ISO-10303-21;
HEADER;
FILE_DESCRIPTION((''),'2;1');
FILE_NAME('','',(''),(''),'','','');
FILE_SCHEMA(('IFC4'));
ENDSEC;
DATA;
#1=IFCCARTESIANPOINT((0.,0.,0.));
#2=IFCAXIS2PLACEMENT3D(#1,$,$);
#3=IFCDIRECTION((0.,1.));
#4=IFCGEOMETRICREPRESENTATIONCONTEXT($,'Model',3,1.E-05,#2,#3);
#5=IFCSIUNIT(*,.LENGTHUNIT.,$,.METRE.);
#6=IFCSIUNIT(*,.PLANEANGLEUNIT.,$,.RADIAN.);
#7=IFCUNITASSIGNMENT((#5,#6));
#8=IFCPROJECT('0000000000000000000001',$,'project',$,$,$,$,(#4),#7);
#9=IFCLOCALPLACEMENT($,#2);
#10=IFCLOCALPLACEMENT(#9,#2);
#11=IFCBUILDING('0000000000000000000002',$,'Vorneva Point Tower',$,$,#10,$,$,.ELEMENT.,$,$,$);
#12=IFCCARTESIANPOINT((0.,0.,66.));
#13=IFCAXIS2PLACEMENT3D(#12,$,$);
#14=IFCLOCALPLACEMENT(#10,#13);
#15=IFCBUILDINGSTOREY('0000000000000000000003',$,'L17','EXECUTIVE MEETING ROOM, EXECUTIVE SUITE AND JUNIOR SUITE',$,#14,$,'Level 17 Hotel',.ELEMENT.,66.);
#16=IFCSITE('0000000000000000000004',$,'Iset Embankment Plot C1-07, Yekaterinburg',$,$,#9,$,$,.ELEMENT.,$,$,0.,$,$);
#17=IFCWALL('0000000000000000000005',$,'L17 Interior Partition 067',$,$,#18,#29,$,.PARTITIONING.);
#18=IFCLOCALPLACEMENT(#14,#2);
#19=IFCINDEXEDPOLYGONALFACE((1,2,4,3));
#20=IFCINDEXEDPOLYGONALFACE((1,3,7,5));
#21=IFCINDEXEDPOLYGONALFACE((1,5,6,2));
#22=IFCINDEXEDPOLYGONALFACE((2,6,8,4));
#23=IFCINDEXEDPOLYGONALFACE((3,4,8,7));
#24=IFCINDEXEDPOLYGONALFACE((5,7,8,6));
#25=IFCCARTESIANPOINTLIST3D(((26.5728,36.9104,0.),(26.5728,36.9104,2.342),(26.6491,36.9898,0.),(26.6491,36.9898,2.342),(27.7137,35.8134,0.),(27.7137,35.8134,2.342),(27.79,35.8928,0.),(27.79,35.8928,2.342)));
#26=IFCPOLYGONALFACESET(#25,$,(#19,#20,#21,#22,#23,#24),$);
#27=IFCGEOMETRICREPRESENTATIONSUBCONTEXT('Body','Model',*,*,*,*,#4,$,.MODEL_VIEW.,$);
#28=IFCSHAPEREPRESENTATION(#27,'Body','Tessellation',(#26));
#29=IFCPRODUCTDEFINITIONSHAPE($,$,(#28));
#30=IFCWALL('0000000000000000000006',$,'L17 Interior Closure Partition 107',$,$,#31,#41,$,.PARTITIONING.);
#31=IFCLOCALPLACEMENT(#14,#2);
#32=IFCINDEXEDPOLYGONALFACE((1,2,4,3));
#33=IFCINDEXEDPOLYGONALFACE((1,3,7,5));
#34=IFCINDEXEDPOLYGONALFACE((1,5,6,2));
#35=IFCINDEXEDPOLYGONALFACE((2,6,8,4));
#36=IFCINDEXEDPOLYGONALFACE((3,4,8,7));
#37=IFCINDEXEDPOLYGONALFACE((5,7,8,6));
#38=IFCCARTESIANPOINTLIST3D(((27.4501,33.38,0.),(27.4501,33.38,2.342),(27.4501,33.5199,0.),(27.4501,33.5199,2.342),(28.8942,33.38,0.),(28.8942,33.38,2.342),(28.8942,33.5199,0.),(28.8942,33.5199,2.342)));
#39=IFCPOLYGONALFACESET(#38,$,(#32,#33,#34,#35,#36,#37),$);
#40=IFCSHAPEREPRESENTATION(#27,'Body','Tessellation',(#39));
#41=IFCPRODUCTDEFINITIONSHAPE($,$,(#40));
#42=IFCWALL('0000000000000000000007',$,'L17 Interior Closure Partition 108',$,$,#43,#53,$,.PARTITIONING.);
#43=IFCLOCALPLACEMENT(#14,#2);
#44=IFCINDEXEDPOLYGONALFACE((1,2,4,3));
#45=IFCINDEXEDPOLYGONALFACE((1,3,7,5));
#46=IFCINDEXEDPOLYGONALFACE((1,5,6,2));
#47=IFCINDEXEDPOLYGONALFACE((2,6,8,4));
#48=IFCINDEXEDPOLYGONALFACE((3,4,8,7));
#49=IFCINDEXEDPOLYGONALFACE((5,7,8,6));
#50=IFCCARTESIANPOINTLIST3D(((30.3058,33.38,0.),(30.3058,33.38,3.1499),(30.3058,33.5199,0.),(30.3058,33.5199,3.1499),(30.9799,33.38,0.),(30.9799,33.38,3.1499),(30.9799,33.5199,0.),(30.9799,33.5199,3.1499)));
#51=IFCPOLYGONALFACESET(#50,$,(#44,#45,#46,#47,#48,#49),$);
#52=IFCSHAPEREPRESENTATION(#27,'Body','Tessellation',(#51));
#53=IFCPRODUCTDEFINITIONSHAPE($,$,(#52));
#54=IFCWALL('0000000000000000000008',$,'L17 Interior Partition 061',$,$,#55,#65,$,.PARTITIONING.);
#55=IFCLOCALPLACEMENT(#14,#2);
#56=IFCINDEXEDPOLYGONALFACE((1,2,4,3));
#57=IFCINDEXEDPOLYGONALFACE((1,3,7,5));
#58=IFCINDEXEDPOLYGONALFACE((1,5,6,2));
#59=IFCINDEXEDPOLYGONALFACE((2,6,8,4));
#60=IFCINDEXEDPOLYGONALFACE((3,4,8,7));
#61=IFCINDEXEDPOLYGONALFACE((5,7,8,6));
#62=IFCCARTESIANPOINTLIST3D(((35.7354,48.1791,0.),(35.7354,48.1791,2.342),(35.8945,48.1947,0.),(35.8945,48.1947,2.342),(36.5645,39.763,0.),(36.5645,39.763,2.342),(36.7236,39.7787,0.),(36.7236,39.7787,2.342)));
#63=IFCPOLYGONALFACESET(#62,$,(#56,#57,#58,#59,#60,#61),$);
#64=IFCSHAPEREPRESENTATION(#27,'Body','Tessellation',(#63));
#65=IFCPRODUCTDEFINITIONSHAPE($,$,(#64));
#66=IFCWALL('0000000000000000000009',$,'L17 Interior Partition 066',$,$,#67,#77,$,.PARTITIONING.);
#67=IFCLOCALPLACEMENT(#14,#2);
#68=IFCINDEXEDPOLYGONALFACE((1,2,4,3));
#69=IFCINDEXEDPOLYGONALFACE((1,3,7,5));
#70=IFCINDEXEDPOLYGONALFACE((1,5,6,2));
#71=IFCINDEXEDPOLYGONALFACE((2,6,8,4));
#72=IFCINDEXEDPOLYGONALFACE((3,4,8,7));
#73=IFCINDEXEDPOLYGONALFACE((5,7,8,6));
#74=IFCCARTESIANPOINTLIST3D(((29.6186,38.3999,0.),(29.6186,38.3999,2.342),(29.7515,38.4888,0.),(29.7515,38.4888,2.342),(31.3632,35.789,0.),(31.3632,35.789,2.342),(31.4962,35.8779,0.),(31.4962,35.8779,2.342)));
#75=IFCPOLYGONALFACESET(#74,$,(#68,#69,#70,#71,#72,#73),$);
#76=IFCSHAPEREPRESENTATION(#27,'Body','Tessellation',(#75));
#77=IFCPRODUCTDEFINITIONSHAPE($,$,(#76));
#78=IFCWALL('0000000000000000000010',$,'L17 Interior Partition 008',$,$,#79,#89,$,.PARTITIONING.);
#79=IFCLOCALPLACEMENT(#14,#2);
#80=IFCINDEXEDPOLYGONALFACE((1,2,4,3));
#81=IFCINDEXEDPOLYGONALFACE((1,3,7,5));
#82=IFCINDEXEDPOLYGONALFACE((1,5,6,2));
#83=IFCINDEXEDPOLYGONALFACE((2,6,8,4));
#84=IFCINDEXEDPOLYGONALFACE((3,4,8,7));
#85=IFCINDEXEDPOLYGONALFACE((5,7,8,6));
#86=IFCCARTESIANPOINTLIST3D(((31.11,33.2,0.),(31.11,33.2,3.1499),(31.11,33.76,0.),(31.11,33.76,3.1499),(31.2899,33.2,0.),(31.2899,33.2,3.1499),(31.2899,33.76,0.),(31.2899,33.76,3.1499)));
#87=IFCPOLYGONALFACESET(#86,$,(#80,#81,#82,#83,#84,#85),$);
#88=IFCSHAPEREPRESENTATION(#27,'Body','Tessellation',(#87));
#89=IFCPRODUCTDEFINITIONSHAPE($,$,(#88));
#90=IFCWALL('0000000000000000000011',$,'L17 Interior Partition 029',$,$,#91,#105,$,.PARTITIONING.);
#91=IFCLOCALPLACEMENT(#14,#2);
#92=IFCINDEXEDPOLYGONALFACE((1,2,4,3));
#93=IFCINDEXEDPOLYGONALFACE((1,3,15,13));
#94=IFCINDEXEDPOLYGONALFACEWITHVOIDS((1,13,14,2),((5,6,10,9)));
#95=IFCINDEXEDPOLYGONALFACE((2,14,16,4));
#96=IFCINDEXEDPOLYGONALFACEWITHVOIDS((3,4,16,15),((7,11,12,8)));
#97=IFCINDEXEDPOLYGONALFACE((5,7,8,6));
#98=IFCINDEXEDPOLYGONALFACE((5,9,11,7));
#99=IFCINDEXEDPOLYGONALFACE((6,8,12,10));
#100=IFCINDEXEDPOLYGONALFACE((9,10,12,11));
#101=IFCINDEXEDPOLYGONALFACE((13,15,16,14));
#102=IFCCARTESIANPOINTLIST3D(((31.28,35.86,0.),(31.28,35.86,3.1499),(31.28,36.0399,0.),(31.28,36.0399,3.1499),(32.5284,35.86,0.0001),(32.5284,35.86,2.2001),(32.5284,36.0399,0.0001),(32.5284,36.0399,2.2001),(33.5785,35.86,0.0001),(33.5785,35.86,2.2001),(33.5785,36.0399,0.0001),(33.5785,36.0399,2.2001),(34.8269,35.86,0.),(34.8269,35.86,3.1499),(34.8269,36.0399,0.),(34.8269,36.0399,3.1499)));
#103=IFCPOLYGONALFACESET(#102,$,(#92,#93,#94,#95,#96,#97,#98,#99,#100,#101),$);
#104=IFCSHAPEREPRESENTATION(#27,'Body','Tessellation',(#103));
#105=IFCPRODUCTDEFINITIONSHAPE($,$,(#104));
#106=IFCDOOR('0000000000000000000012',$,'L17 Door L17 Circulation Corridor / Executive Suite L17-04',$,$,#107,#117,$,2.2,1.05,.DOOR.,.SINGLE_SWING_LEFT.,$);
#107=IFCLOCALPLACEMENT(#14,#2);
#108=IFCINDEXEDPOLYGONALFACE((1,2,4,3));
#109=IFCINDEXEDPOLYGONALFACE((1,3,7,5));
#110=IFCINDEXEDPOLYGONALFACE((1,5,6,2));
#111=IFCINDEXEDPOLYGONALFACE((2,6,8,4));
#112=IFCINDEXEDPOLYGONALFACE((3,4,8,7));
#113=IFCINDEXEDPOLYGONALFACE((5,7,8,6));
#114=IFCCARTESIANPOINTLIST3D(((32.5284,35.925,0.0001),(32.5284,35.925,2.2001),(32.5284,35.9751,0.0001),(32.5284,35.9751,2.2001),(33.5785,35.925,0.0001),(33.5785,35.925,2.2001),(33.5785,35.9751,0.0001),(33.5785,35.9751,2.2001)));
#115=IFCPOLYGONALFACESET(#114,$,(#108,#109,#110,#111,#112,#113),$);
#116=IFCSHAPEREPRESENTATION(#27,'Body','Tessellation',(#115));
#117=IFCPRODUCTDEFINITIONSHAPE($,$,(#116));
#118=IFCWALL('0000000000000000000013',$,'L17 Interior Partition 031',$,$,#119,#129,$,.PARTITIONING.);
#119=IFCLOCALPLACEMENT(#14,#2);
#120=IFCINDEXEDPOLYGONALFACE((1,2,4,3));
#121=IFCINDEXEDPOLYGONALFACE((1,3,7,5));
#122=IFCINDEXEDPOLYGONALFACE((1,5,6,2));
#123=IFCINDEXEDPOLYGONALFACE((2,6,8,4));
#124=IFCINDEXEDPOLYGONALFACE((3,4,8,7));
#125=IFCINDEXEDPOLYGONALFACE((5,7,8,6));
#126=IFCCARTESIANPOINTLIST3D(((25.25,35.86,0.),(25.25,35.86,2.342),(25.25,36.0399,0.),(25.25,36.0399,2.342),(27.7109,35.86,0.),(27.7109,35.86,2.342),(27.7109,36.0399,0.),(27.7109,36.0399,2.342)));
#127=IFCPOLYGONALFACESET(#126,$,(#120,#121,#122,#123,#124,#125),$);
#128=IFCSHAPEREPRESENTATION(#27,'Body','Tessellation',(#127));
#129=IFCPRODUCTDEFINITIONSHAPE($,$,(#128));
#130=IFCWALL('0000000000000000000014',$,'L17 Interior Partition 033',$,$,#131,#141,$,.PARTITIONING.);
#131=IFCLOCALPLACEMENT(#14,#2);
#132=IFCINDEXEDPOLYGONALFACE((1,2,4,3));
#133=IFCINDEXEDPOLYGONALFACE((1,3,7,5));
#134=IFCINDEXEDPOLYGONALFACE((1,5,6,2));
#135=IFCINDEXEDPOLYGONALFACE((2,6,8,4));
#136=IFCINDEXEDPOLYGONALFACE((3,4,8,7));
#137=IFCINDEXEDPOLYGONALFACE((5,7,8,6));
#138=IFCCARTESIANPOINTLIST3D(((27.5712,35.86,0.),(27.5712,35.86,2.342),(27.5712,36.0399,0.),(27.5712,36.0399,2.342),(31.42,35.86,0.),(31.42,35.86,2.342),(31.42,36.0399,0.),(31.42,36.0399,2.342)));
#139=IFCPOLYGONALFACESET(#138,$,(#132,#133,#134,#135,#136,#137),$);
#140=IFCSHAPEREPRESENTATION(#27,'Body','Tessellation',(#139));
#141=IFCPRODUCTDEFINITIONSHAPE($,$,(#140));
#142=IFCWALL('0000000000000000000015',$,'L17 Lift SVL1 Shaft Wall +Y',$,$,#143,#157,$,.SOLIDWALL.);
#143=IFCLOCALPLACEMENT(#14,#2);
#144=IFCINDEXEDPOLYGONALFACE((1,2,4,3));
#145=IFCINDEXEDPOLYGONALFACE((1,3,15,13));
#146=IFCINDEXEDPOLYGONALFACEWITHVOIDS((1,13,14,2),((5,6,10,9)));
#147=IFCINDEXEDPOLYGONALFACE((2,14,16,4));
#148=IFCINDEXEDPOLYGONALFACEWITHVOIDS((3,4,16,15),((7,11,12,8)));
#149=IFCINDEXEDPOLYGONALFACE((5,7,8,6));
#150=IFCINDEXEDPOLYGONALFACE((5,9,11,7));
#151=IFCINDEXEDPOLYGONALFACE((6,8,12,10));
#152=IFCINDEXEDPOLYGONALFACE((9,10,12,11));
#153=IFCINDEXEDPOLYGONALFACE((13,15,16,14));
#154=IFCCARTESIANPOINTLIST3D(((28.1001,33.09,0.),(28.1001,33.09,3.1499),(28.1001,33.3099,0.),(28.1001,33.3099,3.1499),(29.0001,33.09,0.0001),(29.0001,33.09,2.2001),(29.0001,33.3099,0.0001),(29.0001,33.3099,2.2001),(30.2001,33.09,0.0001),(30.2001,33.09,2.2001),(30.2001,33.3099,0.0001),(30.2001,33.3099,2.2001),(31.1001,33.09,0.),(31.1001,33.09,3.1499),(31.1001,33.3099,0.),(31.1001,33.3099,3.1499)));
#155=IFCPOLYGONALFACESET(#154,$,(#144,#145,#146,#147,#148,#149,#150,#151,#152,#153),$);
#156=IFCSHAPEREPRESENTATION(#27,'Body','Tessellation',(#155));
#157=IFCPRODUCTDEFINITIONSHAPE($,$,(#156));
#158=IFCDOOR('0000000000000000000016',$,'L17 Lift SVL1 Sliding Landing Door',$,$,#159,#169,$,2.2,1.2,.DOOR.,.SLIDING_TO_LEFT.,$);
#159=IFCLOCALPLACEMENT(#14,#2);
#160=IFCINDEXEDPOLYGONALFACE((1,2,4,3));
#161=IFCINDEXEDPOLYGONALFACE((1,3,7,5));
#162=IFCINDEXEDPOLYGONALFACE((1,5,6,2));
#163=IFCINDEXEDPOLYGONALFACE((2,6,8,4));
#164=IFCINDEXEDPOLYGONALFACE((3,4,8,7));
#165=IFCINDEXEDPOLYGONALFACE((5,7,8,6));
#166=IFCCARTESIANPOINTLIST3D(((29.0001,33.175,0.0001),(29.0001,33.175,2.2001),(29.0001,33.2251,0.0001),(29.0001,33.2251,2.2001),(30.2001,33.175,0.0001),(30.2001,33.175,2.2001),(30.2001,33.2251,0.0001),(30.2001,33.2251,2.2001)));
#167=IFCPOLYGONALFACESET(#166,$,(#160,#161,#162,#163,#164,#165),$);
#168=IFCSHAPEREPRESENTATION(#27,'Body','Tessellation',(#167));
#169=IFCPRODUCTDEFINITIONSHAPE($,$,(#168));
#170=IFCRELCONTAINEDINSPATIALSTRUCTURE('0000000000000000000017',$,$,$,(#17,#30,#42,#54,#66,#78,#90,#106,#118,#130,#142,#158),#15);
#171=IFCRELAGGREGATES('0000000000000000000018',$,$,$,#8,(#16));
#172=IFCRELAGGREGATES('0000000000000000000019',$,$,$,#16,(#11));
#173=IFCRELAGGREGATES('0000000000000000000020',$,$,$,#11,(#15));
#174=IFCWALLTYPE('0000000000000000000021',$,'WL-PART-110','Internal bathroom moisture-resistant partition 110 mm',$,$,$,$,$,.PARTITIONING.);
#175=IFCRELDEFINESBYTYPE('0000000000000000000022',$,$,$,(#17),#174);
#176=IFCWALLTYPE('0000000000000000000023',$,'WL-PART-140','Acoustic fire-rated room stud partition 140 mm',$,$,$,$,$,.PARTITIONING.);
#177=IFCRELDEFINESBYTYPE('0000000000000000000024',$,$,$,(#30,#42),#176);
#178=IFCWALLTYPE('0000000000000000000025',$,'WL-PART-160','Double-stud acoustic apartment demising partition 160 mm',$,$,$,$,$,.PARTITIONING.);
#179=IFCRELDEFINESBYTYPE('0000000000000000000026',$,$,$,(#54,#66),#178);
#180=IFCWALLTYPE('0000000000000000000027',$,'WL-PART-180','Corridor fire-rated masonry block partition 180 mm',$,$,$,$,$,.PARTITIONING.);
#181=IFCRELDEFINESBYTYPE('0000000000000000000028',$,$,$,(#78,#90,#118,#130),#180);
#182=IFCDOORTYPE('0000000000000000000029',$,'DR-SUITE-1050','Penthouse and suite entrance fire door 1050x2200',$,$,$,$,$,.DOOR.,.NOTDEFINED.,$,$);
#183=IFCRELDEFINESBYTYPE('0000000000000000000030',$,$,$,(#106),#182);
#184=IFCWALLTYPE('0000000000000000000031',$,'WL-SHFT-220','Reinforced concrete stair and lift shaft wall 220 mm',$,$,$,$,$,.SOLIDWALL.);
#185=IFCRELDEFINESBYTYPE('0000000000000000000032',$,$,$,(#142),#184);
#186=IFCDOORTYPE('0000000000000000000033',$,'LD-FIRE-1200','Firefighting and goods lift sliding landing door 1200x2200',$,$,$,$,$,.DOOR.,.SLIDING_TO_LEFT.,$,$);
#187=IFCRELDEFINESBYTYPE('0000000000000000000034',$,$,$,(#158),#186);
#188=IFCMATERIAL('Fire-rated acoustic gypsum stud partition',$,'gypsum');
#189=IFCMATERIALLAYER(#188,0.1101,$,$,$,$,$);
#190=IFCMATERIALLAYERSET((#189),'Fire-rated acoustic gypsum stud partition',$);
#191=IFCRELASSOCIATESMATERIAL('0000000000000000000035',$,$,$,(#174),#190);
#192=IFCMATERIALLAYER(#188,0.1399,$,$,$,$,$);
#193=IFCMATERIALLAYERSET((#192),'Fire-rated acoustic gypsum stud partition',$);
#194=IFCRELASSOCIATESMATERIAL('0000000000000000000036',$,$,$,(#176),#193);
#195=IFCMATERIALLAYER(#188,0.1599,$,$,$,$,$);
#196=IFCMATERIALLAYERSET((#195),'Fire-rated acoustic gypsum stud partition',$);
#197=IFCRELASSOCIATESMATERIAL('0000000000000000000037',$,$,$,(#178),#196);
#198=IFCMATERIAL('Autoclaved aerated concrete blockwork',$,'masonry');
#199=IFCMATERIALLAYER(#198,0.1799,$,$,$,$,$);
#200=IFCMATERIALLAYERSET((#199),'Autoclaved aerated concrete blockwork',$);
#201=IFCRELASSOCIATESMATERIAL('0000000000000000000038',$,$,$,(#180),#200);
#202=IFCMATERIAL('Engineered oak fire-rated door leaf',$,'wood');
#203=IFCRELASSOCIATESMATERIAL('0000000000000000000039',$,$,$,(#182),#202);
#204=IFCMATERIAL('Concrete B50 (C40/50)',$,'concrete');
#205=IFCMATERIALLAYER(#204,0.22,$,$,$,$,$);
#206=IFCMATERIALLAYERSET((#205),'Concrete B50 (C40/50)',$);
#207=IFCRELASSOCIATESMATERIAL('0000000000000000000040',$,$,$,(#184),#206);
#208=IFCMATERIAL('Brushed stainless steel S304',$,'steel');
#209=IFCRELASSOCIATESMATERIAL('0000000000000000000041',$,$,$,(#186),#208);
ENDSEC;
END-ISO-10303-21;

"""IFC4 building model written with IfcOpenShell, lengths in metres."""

from ifc_helpers import new_model, si_unit, direction, frame, frame_2d, origin, place, context, subcontext, project, spatial, rectangle, extrude, material, layer, layer_set, type_object, element, fill, save


model = new_model("IFC4")

# Units and contexts
model_context = context("Model", 3, precision=1e-05, world=origin(), true_north=direction((0.0, 1.0)))
body_context = subcontext(model_context, "Body", "Model", "MODEL_VIEW")
ifc_project = project(units=[si_unit("LENGTHUNIT", "METRE"), si_unit("PLANEANGLEUNIT", "RADIAN")], contexts=[model_context])

# Site, building, storey
site_placement = place(None, origin())
site = spatial("IfcSite", under=ifc_project, at=site_placement, Name="Iset Embankment Plot C1-07, Yekaterinburg", CompositionType="ELEMENT", RefElevation=0.0)
building_placement = place(site_placement, origin())
building = spatial("IfcBuilding", under=site, at=building_placement, Name="Vorneva Point Tower", CompositionType="ELEMENT")
storey_placement = place(building_placement, frame((0.0, 0.0, 66.0)))
storey = spatial("IfcBuildingStorey", under=building, at=storey_placement, Name="L17", Description="EXECUTIVE MEETING ROOM, EXECUTIVE SUITE AND JUNIOR SUITE", LongName="Level 17 Hotel", CompositionType="ELEMENT", Elevation=66.0)

# Shared definitions
ifc_material_1 = material(Name="Fire-rated acoustic gypsum stud partition", Category="gypsum")
ifc_layer_1 = layer(ifc_material_1, 0.1101)
ifc_layer_set_1 = layer_set([ifc_layer_1], Name="Fire-rated acoustic gypsum stud partition")
wall_type_1 = type_object("IfcWallType", Name="WL-PART-110", Description="Internal bathroom moisture-resistant partition 110 mm", PredefinedType="PARTITIONING", material=ifc_layer_set_1)
ifc_material_2 = material(Name="Engineered oak fire-rated door leaf", Category="wood")

# Walls
wall_1_placement = place(storey_placement, frame((27.752, 35.853, 0.0), z_axis=(0.0, 0.0, 1.0), x_axis=(-0.720854, 0.693087, 0.0)))
element("IfcWall", 1, at=wall_1_placement, inside=storey, type_object=wall_type_1, Name="L17 Interior Partition 067", PredefinedType="PARTITIONING", context=body_context, shape_type="SweptSolid", body=[
    extrude(rectangle(XDim=1.5828, YDim=0.1101, at=frame_2d((0.7915, 0.0))), origin(), (0.0, 0.0, 1.0), 2.342),
])
ifc_layer_2 = layer(ifc_material_1, 0.1399)
ifc_layer_set_2 = layer_set([ifc_layer_2], Name="Fire-rated acoustic gypsum stud partition")
wall_type_2 = type_object("IfcWallType", Name="WL-PART-140", Description="Acoustic fire-rated room stud partition 140 mm", PredefinedType="PARTITIONING", material=ifc_layer_set_2)
wall_2_placement = place(storey_placement, frame((27.45, 33.45, 0.0), z_axis=(0.0, 0.0, 1.0), x_axis=(1.0, 0.0, 0.0)))
element("IfcWall", 2, at=wall_2_placement, inside=storey, type_object=wall_type_2, Name="L17 Interior Closure Partition 107", PredefinedType="PARTITIONING", context=body_context, shape_type="SweptSolid", body=[
    extrude(rectangle(XDim=1.4441, YDim=0.1399, at=frame_2d((0.7222, 0.0))), origin(), (0.0, 0.0, 1.0), 2.342),
])
wall_3_placement = place(storey_placement, frame((30.3059, 33.45, 0.0), z_axis=(0.0, 0.0, 1.0), x_axis=(1.0, 0.0, 0.0)))
element("IfcWall", 3, at=wall_3_placement, inside=storey, type_object=wall_type_2, Name="L17 Interior Closure Partition 108", PredefinedType="PARTITIONING", context=body_context, shape_type="SweptSolid", body=[
    extrude(rectangle(XDim=0.6741, YDim=0.1399, at=frame_2d((0.3369, 0.0))), origin(), (0.0, 0.0, 1.0), 3.1499),
])
ifc_layer_3 = layer(ifc_material_1, 0.1599)
ifc_layer_set_3 = layer_set([ifc_layer_3], Name="Fire-rated acoustic gypsum stud partition")
wall_type_3 = type_object("IfcWallType", Name="WL-PART-160", Description="Double-stud acoustic apartment demising partition 160 mm", PredefinedType="PARTITIONING", material=ifc_layer_set_3)
wall_4_placement = place(storey_placement, frame((35.8149, 48.187, 0.0), z_axis=(0.0, 0.0, 1.0), x_axis=(0.09804, -0.995182, 0.0)))
element("IfcWall", 4, at=wall_4_placement, inside=storey, type_object=wall_type_3, Name="L17 Interior Partition 061", PredefinedType="PARTITIONING", context=body_context, shape_type="SweptSolid", body=[
    extrude(rectangle(XDim=8.4568, YDim=0.1599, at=frame_2d((4.2285, 0.0))), origin(), (0.0, 0.0, 1.0), 2.342),
])
wall_5_placement = place(storey_placement, frame((29.6851, 38.4443, 0.0), z_axis=(0.0, 0.0, 1.0), x_axis=(0.555597, -0.831452, 0.0)))
element("IfcWall", 5, at=wall_5_placement, inside=storey, type_object=wall_type_3, Name="L17 Interior Partition 066", PredefinedType="PARTITIONING", context=body_context, shape_type="SweptSolid", body=[
    extrude(rectangle(XDim=3.1401, YDim=0.1599, at=frame_2d((1.5701, 0.0))), origin(), (0.0, 0.0, 1.0), 2.342),
])

# Shared definitions
ifc_material_3 = material(Name="Autoclaved aerated concrete blockwork", Category="masonry")
ifc_layer_4 = layer(ifc_material_3, 0.1799)
ifc_layer_set_4 = layer_set([ifc_layer_4], Name="Autoclaved aerated concrete blockwork")
wall_type_4 = type_object("IfcWallType", Name="WL-PART-180", Description="Corridor fire-rated masonry block partition 180 mm", PredefinedType="PARTITIONING", material=ifc_layer_set_4)

# Wall
wall_6_placement = place(storey_placement, frame((31.2, 33.76, 0.0), z_axis=(0.0, 0.0, 1.0), x_axis=(0.0, -1.0, 0.0)))
element("IfcWall", 6, at=wall_6_placement, inside=storey, type_object=wall_type_4, Name="L17 Interior Partition 008", PredefinedType="PARTITIONING", context=body_context, shape_type="SweptSolid", body=[
    extrude(rectangle(XDim=0.5601, YDim=0.1799, at=frame_2d((0.28, 0.0))), origin(), (0.0, 0.0, 1.0), 3.1499),
])

# Wall, opening, door
wall_7_placement = place(storey_placement, frame((34.8269, 35.95, 0.0), z_axis=(0.0, 0.0, 1.0), x_axis=(-1.0, 0.0, 0.0)))
wall_7 = element("IfcWall", 7, at=wall_7_placement, inside=storey, type_object=wall_type_4, Name="L17 Interior Partition 029", PredefinedType="PARTITIONING", context=body_context, shape_type="SweptSolid", body=[
    extrude(rectangle(XDim=3.5469, YDim=0.1799, at=frame_2d((1.7734, 0.0))), origin(), (0.0, 0.0, 1.0), 3.1499),
])
opening_1_placement = place(wall_7_placement, frame((1.2485, 0.0, 0.0)))
opening_1 = element("IfcOpeningElement", 8, at=opening_1_placement, cuts=wall_7, PredefinedType="OPENING", context=body_context, shape_type="SweptSolid", body=[
    extrude(rectangle(XDim=1.05, YDim=2.2, at=frame_2d((0.5249, 1.1001))), frame((0.0, 0.105, 0.0), z_axis=(0.0, -1.0, 0.0), x_axis=(1.0, 0.0, 0.0)), (0.0, 0.0, 1.0), 0.2097),
])
door_type_1 = type_object("IfcDoorType", Name="DR-SUITE-1050", Description="Penthouse and suite entrance fire door 1050x2200", OperationType="NOTDEFINED", PredefinedType="DOOR", material=ifc_material_2)
door_1_placement = place(opening_1_placement, origin())
door_1 = element("IfcDoor", 9, at=door_1_placement, inside=storey, type_object=door_type_1, Name="L17 Door L17 Circulation Corridor / Executive Suite L17-04", OperationType="SINGLE_SWING_LEFT", OverallHeight=2.2, OverallWidth=1.05, PredefinedType="DOOR", context=body_context, shape_type="SweptSolid", body=[
    extrude(rectangle(XDim=1.05, YDim=2.2, at=frame_2d((0.5249, 1.1001))), frame((0.0, 0.0249, 0.0), z_axis=(0.0, -1.0, 0.0), x_axis=(1.0, 0.0, 0.0)), (0.0, 0.0, 1.0), 0.05),
])
fill(opening_1, door_1)

# Walls
wall_8_placement = place(storey_placement, frame((27.7109, 35.95, 0.0), z_axis=(0.0, 0.0, 1.0), x_axis=(-1.0, 0.0, 0.0)))
element("IfcWall", 10, at=wall_8_placement, inside=storey, type_object=wall_type_4, Name="L17 Interior Partition 031", PredefinedType="PARTITIONING", context=body_context, shape_type="SweptSolid", body=[
    extrude(rectangle(XDim=2.4609, YDim=0.1799, at=frame_2d((1.2305, 0.0))), origin(), (0.0, 0.0, 1.0), 2.342),
])
wall_9_placement = place(storey_placement, frame((31.4199, 35.95, 0.0), z_axis=(0.0, 0.0, 1.0), x_axis=(-1.0, 0.0, 0.0)))
element("IfcWall", 11, at=wall_9_placement, inside=storey, type_object=wall_type_4, Name="L17 Interior Partition 033", PredefinedType="PARTITIONING", context=body_context, shape_type="SweptSolid", body=[
    extrude(rectangle(XDim=3.8489, YDim=0.1799, at=frame_2d((1.9243, 0.0))), origin(), (0.0, 0.0, 1.0), 2.342),
])

# Wall, opening, door
ifc_material_4 = material(Name="Concrete B50 (C40/50)", Category="concrete")
ifc_layer_5 = layer(ifc_material_4, 0.22)
ifc_layer_set_5 = layer_set([ifc_layer_5], Name="Concrete B50 (C40/50)")
wall_type_5 = type_object("IfcWallType", Name="WL-SHFT-220", Description="Reinforced concrete stair and lift shaft wall 220 mm", PredefinedType="SOLIDWALL", material=ifc_layer_set_5)
wall_10_placement = place(storey_placement, frame((31.1001, 33.2, 0.0), z_axis=(0.0, 0.0, 1.0), x_axis=(-1.0, 0.0, 0.0)))
wall_10 = element("IfcWall", 12, at=wall_10_placement, inside=storey, type_object=wall_type_5, Name="L17 Lift SVL1 Shaft Wall +Y", PredefinedType="SOLIDWALL", context=body_context, shape_type="SweptSolid", body=[
    extrude(rectangle(XDim=3.0, YDim=0.22, at=frame_2d((1.5, 0.0))), origin(), (0.0, 0.0, 1.0), 3.1499),
])
opening_2_placement = place(wall_10_placement, frame((0.8999, 0.0, 0.0)))
opening_2 = element("IfcOpeningElement", 13, at=opening_2_placement, cuts=wall_10, PredefinedType="OPENING", context=body_context, shape_type="SweptSolid", body=[
    extrude(rectangle(XDim=1.2, YDim=2.2, at=frame_2d((0.6001, 1.1001))), frame((0.0, 0.125, 0.0), z_axis=(0.0, -1.0, 0.0), x_axis=(1.0, 0.0, 0.0)), (0.0, 0.0, 1.0), 0.2498),
])
ifc_material_5 = material(Name="Brushed stainless steel S304", Category="steel")
door_type_2 = type_object("IfcDoorType", Name="LD-FIRE-1200", Description="Firefighting and goods lift sliding landing door 1200x2200", OperationType="SLIDING_TO_LEFT", PredefinedType="DOOR", material=ifc_material_5)
door_2_placement = place(opening_2_placement, origin())
door_2 = element("IfcDoor", 14, at=door_2_placement, inside=storey, type_object=door_type_2, Name="L17 Lift SVL1 Sliding Landing Door", OperationType="SLIDING_TO_LEFT", OverallHeight=2.2, OverallWidth=1.2, PredefinedType="DOOR", context=body_context, shape_type="SweptSolid", body=[
    extrude(rectangle(XDim=1.2, YDim=2.2, at=frame_2d((0.6001, 1.1001))), frame((0.0, 0.0249, 0.0), z_axis=(0.0, -1.0, 0.0), x_axis=(1.0, 0.0, 0.0)), (0.0, 0.0, 1.0), 0.05),
])
fill(opening_2, door_2)

save(model, "model.ifc")
